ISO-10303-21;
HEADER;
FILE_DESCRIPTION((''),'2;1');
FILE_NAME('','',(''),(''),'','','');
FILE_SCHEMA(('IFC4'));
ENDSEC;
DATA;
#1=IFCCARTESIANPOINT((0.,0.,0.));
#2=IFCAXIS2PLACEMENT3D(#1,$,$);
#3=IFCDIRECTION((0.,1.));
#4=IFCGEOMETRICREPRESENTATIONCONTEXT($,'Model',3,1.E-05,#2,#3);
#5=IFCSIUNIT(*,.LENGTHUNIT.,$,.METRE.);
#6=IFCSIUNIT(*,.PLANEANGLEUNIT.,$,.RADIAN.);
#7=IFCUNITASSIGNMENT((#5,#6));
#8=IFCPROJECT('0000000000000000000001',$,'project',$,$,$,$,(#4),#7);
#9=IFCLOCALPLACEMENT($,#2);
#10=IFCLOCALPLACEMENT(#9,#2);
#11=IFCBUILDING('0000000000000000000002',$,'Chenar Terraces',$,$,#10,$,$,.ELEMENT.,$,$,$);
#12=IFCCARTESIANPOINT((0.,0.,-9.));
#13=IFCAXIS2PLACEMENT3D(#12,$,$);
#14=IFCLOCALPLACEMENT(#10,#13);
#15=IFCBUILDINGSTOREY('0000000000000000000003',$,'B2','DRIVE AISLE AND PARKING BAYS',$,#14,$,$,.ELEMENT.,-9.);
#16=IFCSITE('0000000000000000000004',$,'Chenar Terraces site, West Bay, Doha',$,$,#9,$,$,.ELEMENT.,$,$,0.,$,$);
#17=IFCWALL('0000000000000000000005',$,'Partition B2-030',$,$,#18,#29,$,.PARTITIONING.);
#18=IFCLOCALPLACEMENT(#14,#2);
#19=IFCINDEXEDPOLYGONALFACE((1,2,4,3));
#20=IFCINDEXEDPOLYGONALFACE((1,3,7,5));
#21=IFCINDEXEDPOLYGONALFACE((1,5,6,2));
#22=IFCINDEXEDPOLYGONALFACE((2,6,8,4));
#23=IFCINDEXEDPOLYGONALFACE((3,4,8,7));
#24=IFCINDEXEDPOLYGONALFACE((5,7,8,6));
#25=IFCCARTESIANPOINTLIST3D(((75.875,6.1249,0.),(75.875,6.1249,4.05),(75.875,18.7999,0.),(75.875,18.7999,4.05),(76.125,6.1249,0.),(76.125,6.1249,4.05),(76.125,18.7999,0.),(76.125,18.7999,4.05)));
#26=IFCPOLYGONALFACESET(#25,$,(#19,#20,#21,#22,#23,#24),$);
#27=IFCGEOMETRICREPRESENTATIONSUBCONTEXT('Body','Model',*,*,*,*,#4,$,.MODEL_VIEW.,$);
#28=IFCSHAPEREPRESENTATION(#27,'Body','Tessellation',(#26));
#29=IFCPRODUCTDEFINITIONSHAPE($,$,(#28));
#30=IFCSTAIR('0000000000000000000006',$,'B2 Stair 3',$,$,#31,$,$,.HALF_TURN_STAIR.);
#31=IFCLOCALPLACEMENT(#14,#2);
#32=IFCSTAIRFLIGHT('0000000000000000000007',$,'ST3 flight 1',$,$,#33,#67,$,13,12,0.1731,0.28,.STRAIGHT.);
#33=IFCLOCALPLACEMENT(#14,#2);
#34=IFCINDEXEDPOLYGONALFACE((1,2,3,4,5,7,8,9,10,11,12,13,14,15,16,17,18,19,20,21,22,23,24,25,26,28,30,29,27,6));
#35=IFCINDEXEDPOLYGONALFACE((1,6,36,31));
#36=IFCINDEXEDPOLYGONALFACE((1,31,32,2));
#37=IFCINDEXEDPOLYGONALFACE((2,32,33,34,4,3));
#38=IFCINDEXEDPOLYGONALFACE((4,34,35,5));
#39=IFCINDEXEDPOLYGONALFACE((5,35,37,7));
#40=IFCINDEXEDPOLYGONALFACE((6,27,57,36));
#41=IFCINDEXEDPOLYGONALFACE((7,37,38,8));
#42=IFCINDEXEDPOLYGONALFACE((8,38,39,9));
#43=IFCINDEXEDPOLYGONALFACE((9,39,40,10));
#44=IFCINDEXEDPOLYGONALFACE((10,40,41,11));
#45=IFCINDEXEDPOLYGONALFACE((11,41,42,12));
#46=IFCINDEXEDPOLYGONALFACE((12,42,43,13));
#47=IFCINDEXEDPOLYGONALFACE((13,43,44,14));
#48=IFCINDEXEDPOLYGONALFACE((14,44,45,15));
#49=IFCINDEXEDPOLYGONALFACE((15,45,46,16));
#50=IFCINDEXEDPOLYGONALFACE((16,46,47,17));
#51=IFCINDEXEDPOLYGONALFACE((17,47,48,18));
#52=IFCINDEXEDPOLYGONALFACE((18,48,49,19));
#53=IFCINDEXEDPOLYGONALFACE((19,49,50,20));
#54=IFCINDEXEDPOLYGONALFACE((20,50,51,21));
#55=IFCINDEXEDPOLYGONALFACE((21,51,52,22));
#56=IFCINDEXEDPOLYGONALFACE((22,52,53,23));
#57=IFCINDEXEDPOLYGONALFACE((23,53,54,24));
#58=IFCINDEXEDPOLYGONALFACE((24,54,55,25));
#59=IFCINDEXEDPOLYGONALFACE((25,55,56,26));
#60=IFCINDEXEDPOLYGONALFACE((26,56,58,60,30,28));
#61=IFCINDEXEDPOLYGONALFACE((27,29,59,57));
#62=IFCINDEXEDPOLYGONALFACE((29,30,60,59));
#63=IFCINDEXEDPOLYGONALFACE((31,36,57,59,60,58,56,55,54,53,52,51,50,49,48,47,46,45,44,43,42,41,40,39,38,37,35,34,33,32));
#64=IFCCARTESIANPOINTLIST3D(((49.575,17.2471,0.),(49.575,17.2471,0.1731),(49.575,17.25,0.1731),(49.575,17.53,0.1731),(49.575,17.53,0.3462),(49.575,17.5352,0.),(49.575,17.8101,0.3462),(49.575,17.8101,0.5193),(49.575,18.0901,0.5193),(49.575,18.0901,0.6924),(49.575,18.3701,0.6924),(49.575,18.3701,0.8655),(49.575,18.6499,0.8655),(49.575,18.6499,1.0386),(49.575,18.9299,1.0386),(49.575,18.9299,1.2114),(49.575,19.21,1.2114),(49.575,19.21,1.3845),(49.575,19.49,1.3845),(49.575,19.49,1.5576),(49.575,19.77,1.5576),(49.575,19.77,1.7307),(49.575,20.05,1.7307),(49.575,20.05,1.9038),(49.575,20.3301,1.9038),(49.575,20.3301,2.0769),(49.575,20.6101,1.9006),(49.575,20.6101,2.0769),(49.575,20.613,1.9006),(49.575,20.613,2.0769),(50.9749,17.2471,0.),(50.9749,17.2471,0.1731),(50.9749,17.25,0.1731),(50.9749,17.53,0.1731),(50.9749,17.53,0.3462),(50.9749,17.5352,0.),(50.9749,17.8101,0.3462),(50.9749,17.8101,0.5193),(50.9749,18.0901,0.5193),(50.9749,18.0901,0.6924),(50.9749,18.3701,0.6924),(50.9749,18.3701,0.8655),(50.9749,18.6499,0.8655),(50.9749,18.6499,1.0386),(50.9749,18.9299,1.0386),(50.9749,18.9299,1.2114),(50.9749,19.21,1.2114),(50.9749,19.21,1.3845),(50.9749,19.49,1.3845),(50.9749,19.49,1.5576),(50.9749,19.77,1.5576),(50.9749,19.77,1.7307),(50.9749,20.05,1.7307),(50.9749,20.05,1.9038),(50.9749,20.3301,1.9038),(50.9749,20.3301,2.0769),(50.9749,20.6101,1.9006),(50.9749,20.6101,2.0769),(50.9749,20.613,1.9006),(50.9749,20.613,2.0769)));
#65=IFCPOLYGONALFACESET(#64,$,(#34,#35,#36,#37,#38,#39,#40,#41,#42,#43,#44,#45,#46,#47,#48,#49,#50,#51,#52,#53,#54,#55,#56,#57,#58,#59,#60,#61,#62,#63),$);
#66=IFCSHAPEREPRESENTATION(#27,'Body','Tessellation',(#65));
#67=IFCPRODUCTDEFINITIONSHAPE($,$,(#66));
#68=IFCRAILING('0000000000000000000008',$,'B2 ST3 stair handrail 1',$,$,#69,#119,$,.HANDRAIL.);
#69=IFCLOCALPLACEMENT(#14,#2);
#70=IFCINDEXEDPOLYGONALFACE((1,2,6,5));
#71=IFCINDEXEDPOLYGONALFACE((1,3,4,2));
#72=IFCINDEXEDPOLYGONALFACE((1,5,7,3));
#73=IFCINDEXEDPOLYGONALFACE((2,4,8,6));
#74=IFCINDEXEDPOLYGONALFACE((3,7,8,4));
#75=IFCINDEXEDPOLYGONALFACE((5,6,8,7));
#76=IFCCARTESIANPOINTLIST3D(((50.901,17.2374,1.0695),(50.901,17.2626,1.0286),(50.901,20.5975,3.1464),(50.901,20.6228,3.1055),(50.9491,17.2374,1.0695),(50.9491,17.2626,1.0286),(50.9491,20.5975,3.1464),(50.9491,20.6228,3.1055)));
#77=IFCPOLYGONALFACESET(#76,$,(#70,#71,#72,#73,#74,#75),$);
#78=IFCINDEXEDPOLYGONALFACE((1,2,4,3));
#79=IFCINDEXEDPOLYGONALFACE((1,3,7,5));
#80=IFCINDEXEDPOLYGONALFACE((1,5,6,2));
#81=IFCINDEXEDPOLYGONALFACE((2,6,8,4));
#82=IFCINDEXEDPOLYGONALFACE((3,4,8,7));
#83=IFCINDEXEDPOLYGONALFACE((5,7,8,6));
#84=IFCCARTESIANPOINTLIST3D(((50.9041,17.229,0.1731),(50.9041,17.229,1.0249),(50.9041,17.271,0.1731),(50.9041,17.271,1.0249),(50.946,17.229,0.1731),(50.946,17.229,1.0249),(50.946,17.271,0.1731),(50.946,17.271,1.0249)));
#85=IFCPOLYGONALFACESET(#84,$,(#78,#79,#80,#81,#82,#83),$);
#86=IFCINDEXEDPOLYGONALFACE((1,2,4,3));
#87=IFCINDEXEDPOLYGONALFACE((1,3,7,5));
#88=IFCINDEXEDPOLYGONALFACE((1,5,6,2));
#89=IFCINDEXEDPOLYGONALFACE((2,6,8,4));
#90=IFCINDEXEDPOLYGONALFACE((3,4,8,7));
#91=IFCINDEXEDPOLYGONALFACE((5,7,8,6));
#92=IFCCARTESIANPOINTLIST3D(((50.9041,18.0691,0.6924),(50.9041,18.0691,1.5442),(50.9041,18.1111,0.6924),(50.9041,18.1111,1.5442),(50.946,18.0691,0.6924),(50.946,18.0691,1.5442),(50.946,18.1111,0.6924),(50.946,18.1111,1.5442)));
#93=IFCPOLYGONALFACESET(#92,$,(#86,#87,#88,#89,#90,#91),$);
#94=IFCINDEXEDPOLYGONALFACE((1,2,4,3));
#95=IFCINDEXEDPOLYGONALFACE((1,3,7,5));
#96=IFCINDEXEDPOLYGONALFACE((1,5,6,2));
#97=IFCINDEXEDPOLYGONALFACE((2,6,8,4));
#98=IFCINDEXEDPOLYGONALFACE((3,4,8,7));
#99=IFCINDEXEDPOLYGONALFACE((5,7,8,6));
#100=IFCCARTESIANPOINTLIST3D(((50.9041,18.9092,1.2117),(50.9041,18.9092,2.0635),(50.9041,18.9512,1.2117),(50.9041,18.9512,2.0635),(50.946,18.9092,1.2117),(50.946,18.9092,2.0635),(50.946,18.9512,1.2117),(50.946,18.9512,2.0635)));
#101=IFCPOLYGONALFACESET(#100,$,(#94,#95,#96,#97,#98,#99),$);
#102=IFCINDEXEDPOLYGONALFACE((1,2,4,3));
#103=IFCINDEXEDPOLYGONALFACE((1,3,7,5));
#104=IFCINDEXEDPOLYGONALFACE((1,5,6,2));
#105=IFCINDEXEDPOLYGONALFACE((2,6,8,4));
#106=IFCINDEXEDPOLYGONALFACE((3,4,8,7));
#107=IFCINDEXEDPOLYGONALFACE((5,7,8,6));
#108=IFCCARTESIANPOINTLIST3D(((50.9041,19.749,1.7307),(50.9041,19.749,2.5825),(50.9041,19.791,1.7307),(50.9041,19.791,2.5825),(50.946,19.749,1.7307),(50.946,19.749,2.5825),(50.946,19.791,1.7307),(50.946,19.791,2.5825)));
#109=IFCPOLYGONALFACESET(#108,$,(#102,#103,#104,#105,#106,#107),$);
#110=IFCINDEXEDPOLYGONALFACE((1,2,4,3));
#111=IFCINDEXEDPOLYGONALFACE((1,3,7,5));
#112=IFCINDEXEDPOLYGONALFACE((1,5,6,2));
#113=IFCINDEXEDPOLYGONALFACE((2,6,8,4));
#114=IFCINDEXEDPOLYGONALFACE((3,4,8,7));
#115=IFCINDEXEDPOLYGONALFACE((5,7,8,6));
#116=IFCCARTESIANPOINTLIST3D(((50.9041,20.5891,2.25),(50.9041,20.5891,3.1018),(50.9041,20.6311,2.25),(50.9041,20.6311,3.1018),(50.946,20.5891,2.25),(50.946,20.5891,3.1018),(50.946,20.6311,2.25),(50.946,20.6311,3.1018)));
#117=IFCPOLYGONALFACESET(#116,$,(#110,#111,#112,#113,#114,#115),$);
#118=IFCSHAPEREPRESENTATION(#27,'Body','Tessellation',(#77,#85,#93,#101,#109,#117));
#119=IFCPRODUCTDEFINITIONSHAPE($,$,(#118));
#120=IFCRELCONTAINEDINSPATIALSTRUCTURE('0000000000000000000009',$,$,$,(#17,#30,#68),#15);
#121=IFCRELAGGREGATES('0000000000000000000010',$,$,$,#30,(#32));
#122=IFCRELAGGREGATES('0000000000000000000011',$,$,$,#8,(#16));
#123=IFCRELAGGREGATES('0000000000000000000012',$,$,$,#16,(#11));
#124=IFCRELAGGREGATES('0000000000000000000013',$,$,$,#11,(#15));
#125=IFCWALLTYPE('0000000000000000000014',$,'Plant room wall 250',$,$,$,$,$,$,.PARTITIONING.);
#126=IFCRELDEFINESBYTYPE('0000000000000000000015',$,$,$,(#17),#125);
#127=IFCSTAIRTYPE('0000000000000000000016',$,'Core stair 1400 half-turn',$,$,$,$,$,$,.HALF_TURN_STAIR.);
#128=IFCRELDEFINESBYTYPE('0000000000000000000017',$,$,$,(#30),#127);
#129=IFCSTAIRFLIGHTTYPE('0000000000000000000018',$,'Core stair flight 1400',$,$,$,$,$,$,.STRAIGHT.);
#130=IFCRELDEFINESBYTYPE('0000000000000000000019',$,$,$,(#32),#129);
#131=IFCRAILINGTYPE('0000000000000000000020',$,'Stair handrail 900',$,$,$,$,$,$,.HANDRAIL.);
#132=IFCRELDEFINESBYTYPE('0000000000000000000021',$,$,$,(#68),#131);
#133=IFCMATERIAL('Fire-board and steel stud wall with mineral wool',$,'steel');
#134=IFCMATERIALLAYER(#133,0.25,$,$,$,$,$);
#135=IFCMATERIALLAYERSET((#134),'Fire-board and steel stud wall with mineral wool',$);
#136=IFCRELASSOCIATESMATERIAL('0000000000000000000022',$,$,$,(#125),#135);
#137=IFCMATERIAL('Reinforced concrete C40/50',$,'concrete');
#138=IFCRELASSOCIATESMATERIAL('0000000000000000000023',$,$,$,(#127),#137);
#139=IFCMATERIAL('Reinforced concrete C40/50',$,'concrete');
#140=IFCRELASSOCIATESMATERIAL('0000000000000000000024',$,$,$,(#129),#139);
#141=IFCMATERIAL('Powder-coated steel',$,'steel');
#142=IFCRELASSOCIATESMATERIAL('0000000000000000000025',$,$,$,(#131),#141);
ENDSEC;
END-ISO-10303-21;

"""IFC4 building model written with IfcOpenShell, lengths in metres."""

from ifc_helpers import new_model, si_unit, direction, frame, frame_2d, origin, origin_2d, place, context, subcontext, project, spatial, polyline, rectangle, outline, extrude, material, layer, layer_set, type_object, element, aggregate, save


model = new_model("IFC4")

# Units and contexts
model_context = context("Model", 3, precision=1e-05, world=origin(), true_north=direction((0.0, 1.0)))
body_context = subcontext(model_context, "Body", "Model", "MODEL_VIEW")
ifc_project = project(units=[si_unit("LENGTHUNIT", "METRE"), si_unit("PLANEANGLEUNIT", "RADIAN")], contexts=[model_context])

# Site, building, storey
site_placement = place(None, origin())
site = spatial("IfcSite", under=ifc_project, at=site_placement, Name="Chenar Terraces site, West Bay, Doha", CompositionType="ELEMENT", RefElevation=0.0)
building_placement = place(site_placement, origin())
building = spatial("IfcBuilding", under=site, at=building_placement, Name="Chenar Terraces", CompositionType="ELEMENT")
storey_placement = place(building_placement, frame((0.0, 0.0, -9.0)))
storey = spatial("IfcBuildingStorey", under=building, at=storey_placement, Name="B2", Description="DRIVE AISLE AND PARKING BAYS", CompositionType="ELEMENT", Elevation=-9.0)

# Shared definitions
ifc_material_1 = material(Name="Fire-board and steel stud wall with mineral wool", Category="steel")
ifc_layer_1 = layer(ifc_material_1, 0.25)
ifc_layer_set_1 = layer_set([ifc_layer_1], Name="Fire-board and steel stud wall with mineral wool")
wall_type_1 = type_object("IfcWallType", Name="Plant room wall 250", PredefinedType="PARTITIONING", material=ifc_layer_set_1)

# Wall
wall_1_placement = place(storey_placement, frame((76.0, 6.125, 0.0), z_axis=(0.0, 0.0, 1.0), x_axis=(0.0, 1.0, 0.0)))
element("IfcWall", 1, at=wall_1_placement, inside=storey, type_object=wall_type_1, Name="Partition B2-030", PredefinedType="PARTITIONING", context=body_context, shape_type="SweptSolid", body=[
    extrude(rectangle(XDim=12.675, YDim=0.25, at=frame_2d((6.3374, 0.0))), origin(), (0.0, 0.0, 1.0), 4.05),
])

# Stair, stair flight
ifc_material_2 = material(Name="Reinforced concrete C40/50", Category="concrete")
stair_type = type_object("IfcStairType", Name="Core stair 1400 half-turn", PredefinedType="HALF_TURN_STAIR", material=ifc_material_2)
stair_placement = place(storey_placement, origin())
stair = element("IfcStair", 2, at=stair_placement, inside=storey, type_object=stair_type, Name="B2 Stair 3", PredefinedType="HALF_TURN_STAIR")
ifc_material_3 = material(Name="Reinforced concrete C40/50", Category="concrete")
stair_flight_type = type_object("IfcStairFlightType", Name="Core stair flight 1400", PredefinedType="STRAIGHT", material=ifc_material_3)
stair_flight_placement = place(storey_placement, frame((50.2749, 17.25, 0.0), z_axis=(0.0, 0.0, 1.0), x_axis=(0.0, 1.0, 0.0)))
stair_flight = element("IfcStairFlight", 3, at=stair_flight_placement, type_object=stair_flight_type, Name="ST3 flight 1", NumberOfRisers=13, NumberOfTreads=12, PredefinedType="STRAIGHT", RiserHeight=0.1731, TreadLength=0.28, context=body_context, shape_type="SweptSolid", body=[
    extrude(outline(polyline([(-0.0029, 0.0), (-0.0029, 0.1731), (0.0, 0.1731), (0.28, 0.1731), (0.28, 0.3462), (0.5601, 0.3462), (0.5601, 0.5193), (0.8401, 0.5193), (0.8401, 0.6924), (1.1201, 0.6924), (1.1201, 0.8655), (1.3999, 0.8655), (1.3999, 1.0386), (1.6799, 1.0386), (1.6799, 1.2114), (1.96, 1.2114), (1.96, 1.3845), (2.24, 1.3845), (2.24, 1.5576), (2.52, 1.5576), (2.52, 1.7307), (2.8, 1.7307), (2.8, 1.9038), (3.0801, 1.9038), (3.0801, 2.0769), (3.3601, 2.0769), (3.363, 2.0769), (3.363, 1.9006), (3.3601, 1.9006), (0.2852, 0.0), (-0.0029, 0.0)])), frame((0.0, 0.7, 0.0), z_axis=(0.0, -1.0, 0.0), x_axis=(1.0, 0.0, 0.0)), (0.0, 0.0, 1.0), 1.3999),
])
aggregate(stair, [stair_flight])

# Railing
ifc_material_4 = material(Name="Powder-coated steel", Category="steel")
railing_type = type_object("IfcRailingType", Name="Stair handrail 900", PredefinedType="HANDRAIL", material=ifc_material_4)
railing_placement = place(storey_placement, frame((50.925, 17.25, 0.1731)))
element("IfcRailing", 4, at=railing_placement, inside=storey, type_object=railing_type, Name="B2 ST3 stair handrail 1", PredefinedType="HANDRAIL", context=body_context, shape_type="SweptSolid", body=[
    extrude(rectangle(XDim=0.0481, YDim=0.0481, at=origin_2d()), frame((0.0, 0.0, 0.876), z_axis=(0.0, 0.850623, 0.525776), x_axis=(-1.0, 0.0, 0.0)), (0.0, 0.0, 1.0), 3.9502),
    extrude(rectangle(XDim=0.042, YDim=0.042, at=origin_2d()), origin(), (0.0, 0.0, 1.0), 0.8518),
    extrude(rectangle(XDim=0.042, YDim=0.042, at=origin_2d()), frame((0.0, 0.8401, 0.5193)), (0.0, 0.0, 1.0), 0.8518),
    extrude(rectangle(XDim=0.042, YDim=0.042, at=origin_2d()), frame((0.0, 1.6802, 1.0386)), (0.0, 0.0, 1.0), 0.8518),
    extrude(rectangle(XDim=0.042, YDim=0.042, at=origin_2d()), frame((0.0, 2.52, 1.5576)), (0.0, 0.0, 1.0), 0.8518),
    extrude(rectangle(XDim=0.042, YDim=0.042, at=origin_2d()), frame((0.0, 3.3601, 2.0769)), (0.0, 0.0, 1.0), 0.8518),
])

save(model, "model.ifc")
